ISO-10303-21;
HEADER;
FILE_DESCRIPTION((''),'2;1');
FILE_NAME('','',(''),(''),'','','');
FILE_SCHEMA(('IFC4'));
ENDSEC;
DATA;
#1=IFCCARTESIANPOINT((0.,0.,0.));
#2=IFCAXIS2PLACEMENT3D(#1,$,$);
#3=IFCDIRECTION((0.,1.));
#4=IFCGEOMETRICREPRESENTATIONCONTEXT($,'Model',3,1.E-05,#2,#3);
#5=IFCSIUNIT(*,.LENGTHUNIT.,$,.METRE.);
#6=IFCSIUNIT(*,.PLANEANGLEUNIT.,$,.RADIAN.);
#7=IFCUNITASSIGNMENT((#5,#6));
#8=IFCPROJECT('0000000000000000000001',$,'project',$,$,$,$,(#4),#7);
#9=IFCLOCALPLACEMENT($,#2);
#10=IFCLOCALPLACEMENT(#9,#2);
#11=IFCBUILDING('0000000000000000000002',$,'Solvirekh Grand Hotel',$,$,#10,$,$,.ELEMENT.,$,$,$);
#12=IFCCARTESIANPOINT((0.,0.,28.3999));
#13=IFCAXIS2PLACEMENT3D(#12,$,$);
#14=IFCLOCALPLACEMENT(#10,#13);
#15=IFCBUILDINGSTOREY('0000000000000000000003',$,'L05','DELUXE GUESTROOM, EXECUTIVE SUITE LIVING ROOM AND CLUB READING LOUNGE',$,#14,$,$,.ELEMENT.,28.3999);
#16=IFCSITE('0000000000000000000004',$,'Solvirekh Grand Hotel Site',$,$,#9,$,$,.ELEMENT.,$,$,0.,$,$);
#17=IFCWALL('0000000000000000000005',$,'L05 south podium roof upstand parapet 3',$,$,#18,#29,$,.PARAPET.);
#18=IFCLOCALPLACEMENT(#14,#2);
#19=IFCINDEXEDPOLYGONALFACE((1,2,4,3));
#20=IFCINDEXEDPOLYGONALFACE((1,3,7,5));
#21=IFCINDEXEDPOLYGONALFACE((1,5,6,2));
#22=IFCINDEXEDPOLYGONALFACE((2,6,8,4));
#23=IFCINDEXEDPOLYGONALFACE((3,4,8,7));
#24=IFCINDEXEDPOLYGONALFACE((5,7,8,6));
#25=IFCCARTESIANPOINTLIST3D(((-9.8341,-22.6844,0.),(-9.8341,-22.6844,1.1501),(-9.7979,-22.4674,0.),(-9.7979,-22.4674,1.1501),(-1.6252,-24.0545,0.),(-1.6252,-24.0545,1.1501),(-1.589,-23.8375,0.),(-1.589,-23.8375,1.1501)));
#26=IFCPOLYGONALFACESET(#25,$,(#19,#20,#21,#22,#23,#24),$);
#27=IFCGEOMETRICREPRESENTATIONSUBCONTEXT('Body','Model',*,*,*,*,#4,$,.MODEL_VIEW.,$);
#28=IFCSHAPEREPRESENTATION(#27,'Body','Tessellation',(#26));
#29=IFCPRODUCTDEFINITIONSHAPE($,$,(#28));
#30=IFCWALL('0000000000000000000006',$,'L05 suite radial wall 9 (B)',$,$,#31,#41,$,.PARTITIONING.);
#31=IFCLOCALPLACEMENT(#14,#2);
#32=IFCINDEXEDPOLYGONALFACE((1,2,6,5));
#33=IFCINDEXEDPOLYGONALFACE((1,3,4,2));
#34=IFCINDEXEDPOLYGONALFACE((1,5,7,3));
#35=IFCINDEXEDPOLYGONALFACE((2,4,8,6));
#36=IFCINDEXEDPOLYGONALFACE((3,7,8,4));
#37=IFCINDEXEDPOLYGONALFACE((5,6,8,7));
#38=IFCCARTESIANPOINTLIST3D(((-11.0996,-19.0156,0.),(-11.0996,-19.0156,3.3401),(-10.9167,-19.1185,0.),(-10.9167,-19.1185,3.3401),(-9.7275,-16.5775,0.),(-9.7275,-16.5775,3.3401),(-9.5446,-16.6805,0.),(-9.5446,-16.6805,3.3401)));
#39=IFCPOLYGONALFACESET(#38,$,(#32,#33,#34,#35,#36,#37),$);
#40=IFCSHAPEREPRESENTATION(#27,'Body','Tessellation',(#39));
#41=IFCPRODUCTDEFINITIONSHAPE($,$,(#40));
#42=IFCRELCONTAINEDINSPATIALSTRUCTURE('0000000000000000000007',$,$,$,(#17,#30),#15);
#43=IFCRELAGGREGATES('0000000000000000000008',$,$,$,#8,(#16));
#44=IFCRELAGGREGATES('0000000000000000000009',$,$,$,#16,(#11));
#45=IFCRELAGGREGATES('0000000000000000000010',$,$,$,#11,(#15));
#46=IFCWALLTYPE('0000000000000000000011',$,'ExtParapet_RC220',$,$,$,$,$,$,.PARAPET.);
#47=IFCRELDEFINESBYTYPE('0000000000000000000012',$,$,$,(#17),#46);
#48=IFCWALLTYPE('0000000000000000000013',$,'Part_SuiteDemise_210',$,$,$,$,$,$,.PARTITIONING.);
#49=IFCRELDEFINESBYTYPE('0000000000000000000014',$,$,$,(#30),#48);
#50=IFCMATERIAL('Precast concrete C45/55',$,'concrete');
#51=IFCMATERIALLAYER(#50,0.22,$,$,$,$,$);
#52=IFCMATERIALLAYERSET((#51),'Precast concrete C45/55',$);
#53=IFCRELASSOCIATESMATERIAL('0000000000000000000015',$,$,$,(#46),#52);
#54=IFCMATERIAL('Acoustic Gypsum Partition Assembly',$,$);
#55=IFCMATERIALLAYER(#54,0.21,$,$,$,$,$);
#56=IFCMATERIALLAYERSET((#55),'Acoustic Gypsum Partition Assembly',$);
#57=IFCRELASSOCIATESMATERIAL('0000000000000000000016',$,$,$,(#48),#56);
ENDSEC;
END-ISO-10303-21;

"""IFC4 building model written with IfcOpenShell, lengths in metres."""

from ifc_helpers import new_model, si_unit, direction, frame, frame_2d, origin, place, context, subcontext, project, spatial, rectangle, extrude, material, layer, layer_set, type_object, element, save


model = new_model("IFC4")

# Units and contexts
model_context = context("Model", 3, precision=1e-05, world=origin(), true_north=direction((0.0, 1.0)))
body_context = subcontext(model_context, "Body", "Model", "MODEL_VIEW")
ifc_project = project(units=[si_unit("LENGTHUNIT", "METRE"), si_unit("PLANEANGLEUNIT", "RADIAN")], contexts=[model_context])

# Site, building, storey
site_placement = place(None, origin())
site = spatial("IfcSite", under=ifc_project, at=site_placement, Name="Solvirekh Grand Hotel Site", CompositionType="ELEMENT", RefElevation=0.0)
building_placement = place(site_placement, origin())
building = spatial("IfcBuilding", under=site, at=building_placement, Name="Solvirekh Grand Hotel", CompositionType="ELEMENT")
storey_placement = place(building_placement, frame((0.0, 0.0, 28.3999)))
storey = spatial("IfcBuildingStorey", under=building, at=storey_placement, Name="L05", Description="DELUXE GUESTROOM, EXECUTIVE SUITE LIVING ROOM AND CLUB READING LOUNGE", CompositionType="ELEMENT", Elevation=28.3999)

# Shared definitions
ifc_material_1 = material(Name="Precast concrete C45/55", Category="concrete")

# Walls
ifc_layer_1 = layer(ifc_material_1, 0.22)
ifc_layer_set_1 = layer_set([ifc_layer_1], Name="Precast concrete C45/55")
wall_type_1 = type_object("IfcWallType", Name="ExtParapet_RC220", PredefinedType="PARAPET", material=ifc_layer_set_1)
wall_1_placement = place(storey_placement, frame((-9.8159, -22.5759, 0.0), z_axis=(0.0, 0.0, 1.0), x_axis=(0.986356, -0.164627, 0.0)))
element("IfcWall", 1, at=wall_1_placement, inside=storey, type_object=wall_type_1, Name="L05 south podium roof upstand parapet 3", PredefinedType="PARAPET", context=body_context, shape_type="SweptSolid", body=[
    extrude(rectangle(XDim=8.3225, YDim=0.22, at=frame_2d((4.1611, 0.0))), origin(), (0.0, 0.0, 1.0), 1.1501),
])
ifc_material_2 = material(Name="Acoustic Gypsum Partition Assembly")
ifc_layer_2 = layer(ifc_material_2, 0.21)
ifc_layer_set_2 = layer_set([ifc_layer_2], Name="Acoustic Gypsum Partition Assembly")
wall_type_2 = type_object("IfcWallType", Name="Part_SuiteDemise_210", PredefinedType="PARTITIONING", material=ifc_layer_set_2)
wall_2_placement = place(storey_placement, frame((-9.636, -16.6289, 0.0), z_axis=(0.0, 0.0, 1.0), x_axis=(-0.490452, -0.871468, 0.0)))
element("IfcWall", 2, at=wall_2_placement, inside=storey, type_object=wall_type_2, Name="L05 suite radial wall 9 (B)", PredefinedType="PARTITIONING", context=body_context, shape_type="SweptSolid", body=[
    extrude(rectangle(XDim=2.7976, YDim=0.21, at=frame_2d((1.3989, 0.0))), origin(), (0.0, 0.0, 1.0), 3.3401),
])

save(model, "model.ifc")
